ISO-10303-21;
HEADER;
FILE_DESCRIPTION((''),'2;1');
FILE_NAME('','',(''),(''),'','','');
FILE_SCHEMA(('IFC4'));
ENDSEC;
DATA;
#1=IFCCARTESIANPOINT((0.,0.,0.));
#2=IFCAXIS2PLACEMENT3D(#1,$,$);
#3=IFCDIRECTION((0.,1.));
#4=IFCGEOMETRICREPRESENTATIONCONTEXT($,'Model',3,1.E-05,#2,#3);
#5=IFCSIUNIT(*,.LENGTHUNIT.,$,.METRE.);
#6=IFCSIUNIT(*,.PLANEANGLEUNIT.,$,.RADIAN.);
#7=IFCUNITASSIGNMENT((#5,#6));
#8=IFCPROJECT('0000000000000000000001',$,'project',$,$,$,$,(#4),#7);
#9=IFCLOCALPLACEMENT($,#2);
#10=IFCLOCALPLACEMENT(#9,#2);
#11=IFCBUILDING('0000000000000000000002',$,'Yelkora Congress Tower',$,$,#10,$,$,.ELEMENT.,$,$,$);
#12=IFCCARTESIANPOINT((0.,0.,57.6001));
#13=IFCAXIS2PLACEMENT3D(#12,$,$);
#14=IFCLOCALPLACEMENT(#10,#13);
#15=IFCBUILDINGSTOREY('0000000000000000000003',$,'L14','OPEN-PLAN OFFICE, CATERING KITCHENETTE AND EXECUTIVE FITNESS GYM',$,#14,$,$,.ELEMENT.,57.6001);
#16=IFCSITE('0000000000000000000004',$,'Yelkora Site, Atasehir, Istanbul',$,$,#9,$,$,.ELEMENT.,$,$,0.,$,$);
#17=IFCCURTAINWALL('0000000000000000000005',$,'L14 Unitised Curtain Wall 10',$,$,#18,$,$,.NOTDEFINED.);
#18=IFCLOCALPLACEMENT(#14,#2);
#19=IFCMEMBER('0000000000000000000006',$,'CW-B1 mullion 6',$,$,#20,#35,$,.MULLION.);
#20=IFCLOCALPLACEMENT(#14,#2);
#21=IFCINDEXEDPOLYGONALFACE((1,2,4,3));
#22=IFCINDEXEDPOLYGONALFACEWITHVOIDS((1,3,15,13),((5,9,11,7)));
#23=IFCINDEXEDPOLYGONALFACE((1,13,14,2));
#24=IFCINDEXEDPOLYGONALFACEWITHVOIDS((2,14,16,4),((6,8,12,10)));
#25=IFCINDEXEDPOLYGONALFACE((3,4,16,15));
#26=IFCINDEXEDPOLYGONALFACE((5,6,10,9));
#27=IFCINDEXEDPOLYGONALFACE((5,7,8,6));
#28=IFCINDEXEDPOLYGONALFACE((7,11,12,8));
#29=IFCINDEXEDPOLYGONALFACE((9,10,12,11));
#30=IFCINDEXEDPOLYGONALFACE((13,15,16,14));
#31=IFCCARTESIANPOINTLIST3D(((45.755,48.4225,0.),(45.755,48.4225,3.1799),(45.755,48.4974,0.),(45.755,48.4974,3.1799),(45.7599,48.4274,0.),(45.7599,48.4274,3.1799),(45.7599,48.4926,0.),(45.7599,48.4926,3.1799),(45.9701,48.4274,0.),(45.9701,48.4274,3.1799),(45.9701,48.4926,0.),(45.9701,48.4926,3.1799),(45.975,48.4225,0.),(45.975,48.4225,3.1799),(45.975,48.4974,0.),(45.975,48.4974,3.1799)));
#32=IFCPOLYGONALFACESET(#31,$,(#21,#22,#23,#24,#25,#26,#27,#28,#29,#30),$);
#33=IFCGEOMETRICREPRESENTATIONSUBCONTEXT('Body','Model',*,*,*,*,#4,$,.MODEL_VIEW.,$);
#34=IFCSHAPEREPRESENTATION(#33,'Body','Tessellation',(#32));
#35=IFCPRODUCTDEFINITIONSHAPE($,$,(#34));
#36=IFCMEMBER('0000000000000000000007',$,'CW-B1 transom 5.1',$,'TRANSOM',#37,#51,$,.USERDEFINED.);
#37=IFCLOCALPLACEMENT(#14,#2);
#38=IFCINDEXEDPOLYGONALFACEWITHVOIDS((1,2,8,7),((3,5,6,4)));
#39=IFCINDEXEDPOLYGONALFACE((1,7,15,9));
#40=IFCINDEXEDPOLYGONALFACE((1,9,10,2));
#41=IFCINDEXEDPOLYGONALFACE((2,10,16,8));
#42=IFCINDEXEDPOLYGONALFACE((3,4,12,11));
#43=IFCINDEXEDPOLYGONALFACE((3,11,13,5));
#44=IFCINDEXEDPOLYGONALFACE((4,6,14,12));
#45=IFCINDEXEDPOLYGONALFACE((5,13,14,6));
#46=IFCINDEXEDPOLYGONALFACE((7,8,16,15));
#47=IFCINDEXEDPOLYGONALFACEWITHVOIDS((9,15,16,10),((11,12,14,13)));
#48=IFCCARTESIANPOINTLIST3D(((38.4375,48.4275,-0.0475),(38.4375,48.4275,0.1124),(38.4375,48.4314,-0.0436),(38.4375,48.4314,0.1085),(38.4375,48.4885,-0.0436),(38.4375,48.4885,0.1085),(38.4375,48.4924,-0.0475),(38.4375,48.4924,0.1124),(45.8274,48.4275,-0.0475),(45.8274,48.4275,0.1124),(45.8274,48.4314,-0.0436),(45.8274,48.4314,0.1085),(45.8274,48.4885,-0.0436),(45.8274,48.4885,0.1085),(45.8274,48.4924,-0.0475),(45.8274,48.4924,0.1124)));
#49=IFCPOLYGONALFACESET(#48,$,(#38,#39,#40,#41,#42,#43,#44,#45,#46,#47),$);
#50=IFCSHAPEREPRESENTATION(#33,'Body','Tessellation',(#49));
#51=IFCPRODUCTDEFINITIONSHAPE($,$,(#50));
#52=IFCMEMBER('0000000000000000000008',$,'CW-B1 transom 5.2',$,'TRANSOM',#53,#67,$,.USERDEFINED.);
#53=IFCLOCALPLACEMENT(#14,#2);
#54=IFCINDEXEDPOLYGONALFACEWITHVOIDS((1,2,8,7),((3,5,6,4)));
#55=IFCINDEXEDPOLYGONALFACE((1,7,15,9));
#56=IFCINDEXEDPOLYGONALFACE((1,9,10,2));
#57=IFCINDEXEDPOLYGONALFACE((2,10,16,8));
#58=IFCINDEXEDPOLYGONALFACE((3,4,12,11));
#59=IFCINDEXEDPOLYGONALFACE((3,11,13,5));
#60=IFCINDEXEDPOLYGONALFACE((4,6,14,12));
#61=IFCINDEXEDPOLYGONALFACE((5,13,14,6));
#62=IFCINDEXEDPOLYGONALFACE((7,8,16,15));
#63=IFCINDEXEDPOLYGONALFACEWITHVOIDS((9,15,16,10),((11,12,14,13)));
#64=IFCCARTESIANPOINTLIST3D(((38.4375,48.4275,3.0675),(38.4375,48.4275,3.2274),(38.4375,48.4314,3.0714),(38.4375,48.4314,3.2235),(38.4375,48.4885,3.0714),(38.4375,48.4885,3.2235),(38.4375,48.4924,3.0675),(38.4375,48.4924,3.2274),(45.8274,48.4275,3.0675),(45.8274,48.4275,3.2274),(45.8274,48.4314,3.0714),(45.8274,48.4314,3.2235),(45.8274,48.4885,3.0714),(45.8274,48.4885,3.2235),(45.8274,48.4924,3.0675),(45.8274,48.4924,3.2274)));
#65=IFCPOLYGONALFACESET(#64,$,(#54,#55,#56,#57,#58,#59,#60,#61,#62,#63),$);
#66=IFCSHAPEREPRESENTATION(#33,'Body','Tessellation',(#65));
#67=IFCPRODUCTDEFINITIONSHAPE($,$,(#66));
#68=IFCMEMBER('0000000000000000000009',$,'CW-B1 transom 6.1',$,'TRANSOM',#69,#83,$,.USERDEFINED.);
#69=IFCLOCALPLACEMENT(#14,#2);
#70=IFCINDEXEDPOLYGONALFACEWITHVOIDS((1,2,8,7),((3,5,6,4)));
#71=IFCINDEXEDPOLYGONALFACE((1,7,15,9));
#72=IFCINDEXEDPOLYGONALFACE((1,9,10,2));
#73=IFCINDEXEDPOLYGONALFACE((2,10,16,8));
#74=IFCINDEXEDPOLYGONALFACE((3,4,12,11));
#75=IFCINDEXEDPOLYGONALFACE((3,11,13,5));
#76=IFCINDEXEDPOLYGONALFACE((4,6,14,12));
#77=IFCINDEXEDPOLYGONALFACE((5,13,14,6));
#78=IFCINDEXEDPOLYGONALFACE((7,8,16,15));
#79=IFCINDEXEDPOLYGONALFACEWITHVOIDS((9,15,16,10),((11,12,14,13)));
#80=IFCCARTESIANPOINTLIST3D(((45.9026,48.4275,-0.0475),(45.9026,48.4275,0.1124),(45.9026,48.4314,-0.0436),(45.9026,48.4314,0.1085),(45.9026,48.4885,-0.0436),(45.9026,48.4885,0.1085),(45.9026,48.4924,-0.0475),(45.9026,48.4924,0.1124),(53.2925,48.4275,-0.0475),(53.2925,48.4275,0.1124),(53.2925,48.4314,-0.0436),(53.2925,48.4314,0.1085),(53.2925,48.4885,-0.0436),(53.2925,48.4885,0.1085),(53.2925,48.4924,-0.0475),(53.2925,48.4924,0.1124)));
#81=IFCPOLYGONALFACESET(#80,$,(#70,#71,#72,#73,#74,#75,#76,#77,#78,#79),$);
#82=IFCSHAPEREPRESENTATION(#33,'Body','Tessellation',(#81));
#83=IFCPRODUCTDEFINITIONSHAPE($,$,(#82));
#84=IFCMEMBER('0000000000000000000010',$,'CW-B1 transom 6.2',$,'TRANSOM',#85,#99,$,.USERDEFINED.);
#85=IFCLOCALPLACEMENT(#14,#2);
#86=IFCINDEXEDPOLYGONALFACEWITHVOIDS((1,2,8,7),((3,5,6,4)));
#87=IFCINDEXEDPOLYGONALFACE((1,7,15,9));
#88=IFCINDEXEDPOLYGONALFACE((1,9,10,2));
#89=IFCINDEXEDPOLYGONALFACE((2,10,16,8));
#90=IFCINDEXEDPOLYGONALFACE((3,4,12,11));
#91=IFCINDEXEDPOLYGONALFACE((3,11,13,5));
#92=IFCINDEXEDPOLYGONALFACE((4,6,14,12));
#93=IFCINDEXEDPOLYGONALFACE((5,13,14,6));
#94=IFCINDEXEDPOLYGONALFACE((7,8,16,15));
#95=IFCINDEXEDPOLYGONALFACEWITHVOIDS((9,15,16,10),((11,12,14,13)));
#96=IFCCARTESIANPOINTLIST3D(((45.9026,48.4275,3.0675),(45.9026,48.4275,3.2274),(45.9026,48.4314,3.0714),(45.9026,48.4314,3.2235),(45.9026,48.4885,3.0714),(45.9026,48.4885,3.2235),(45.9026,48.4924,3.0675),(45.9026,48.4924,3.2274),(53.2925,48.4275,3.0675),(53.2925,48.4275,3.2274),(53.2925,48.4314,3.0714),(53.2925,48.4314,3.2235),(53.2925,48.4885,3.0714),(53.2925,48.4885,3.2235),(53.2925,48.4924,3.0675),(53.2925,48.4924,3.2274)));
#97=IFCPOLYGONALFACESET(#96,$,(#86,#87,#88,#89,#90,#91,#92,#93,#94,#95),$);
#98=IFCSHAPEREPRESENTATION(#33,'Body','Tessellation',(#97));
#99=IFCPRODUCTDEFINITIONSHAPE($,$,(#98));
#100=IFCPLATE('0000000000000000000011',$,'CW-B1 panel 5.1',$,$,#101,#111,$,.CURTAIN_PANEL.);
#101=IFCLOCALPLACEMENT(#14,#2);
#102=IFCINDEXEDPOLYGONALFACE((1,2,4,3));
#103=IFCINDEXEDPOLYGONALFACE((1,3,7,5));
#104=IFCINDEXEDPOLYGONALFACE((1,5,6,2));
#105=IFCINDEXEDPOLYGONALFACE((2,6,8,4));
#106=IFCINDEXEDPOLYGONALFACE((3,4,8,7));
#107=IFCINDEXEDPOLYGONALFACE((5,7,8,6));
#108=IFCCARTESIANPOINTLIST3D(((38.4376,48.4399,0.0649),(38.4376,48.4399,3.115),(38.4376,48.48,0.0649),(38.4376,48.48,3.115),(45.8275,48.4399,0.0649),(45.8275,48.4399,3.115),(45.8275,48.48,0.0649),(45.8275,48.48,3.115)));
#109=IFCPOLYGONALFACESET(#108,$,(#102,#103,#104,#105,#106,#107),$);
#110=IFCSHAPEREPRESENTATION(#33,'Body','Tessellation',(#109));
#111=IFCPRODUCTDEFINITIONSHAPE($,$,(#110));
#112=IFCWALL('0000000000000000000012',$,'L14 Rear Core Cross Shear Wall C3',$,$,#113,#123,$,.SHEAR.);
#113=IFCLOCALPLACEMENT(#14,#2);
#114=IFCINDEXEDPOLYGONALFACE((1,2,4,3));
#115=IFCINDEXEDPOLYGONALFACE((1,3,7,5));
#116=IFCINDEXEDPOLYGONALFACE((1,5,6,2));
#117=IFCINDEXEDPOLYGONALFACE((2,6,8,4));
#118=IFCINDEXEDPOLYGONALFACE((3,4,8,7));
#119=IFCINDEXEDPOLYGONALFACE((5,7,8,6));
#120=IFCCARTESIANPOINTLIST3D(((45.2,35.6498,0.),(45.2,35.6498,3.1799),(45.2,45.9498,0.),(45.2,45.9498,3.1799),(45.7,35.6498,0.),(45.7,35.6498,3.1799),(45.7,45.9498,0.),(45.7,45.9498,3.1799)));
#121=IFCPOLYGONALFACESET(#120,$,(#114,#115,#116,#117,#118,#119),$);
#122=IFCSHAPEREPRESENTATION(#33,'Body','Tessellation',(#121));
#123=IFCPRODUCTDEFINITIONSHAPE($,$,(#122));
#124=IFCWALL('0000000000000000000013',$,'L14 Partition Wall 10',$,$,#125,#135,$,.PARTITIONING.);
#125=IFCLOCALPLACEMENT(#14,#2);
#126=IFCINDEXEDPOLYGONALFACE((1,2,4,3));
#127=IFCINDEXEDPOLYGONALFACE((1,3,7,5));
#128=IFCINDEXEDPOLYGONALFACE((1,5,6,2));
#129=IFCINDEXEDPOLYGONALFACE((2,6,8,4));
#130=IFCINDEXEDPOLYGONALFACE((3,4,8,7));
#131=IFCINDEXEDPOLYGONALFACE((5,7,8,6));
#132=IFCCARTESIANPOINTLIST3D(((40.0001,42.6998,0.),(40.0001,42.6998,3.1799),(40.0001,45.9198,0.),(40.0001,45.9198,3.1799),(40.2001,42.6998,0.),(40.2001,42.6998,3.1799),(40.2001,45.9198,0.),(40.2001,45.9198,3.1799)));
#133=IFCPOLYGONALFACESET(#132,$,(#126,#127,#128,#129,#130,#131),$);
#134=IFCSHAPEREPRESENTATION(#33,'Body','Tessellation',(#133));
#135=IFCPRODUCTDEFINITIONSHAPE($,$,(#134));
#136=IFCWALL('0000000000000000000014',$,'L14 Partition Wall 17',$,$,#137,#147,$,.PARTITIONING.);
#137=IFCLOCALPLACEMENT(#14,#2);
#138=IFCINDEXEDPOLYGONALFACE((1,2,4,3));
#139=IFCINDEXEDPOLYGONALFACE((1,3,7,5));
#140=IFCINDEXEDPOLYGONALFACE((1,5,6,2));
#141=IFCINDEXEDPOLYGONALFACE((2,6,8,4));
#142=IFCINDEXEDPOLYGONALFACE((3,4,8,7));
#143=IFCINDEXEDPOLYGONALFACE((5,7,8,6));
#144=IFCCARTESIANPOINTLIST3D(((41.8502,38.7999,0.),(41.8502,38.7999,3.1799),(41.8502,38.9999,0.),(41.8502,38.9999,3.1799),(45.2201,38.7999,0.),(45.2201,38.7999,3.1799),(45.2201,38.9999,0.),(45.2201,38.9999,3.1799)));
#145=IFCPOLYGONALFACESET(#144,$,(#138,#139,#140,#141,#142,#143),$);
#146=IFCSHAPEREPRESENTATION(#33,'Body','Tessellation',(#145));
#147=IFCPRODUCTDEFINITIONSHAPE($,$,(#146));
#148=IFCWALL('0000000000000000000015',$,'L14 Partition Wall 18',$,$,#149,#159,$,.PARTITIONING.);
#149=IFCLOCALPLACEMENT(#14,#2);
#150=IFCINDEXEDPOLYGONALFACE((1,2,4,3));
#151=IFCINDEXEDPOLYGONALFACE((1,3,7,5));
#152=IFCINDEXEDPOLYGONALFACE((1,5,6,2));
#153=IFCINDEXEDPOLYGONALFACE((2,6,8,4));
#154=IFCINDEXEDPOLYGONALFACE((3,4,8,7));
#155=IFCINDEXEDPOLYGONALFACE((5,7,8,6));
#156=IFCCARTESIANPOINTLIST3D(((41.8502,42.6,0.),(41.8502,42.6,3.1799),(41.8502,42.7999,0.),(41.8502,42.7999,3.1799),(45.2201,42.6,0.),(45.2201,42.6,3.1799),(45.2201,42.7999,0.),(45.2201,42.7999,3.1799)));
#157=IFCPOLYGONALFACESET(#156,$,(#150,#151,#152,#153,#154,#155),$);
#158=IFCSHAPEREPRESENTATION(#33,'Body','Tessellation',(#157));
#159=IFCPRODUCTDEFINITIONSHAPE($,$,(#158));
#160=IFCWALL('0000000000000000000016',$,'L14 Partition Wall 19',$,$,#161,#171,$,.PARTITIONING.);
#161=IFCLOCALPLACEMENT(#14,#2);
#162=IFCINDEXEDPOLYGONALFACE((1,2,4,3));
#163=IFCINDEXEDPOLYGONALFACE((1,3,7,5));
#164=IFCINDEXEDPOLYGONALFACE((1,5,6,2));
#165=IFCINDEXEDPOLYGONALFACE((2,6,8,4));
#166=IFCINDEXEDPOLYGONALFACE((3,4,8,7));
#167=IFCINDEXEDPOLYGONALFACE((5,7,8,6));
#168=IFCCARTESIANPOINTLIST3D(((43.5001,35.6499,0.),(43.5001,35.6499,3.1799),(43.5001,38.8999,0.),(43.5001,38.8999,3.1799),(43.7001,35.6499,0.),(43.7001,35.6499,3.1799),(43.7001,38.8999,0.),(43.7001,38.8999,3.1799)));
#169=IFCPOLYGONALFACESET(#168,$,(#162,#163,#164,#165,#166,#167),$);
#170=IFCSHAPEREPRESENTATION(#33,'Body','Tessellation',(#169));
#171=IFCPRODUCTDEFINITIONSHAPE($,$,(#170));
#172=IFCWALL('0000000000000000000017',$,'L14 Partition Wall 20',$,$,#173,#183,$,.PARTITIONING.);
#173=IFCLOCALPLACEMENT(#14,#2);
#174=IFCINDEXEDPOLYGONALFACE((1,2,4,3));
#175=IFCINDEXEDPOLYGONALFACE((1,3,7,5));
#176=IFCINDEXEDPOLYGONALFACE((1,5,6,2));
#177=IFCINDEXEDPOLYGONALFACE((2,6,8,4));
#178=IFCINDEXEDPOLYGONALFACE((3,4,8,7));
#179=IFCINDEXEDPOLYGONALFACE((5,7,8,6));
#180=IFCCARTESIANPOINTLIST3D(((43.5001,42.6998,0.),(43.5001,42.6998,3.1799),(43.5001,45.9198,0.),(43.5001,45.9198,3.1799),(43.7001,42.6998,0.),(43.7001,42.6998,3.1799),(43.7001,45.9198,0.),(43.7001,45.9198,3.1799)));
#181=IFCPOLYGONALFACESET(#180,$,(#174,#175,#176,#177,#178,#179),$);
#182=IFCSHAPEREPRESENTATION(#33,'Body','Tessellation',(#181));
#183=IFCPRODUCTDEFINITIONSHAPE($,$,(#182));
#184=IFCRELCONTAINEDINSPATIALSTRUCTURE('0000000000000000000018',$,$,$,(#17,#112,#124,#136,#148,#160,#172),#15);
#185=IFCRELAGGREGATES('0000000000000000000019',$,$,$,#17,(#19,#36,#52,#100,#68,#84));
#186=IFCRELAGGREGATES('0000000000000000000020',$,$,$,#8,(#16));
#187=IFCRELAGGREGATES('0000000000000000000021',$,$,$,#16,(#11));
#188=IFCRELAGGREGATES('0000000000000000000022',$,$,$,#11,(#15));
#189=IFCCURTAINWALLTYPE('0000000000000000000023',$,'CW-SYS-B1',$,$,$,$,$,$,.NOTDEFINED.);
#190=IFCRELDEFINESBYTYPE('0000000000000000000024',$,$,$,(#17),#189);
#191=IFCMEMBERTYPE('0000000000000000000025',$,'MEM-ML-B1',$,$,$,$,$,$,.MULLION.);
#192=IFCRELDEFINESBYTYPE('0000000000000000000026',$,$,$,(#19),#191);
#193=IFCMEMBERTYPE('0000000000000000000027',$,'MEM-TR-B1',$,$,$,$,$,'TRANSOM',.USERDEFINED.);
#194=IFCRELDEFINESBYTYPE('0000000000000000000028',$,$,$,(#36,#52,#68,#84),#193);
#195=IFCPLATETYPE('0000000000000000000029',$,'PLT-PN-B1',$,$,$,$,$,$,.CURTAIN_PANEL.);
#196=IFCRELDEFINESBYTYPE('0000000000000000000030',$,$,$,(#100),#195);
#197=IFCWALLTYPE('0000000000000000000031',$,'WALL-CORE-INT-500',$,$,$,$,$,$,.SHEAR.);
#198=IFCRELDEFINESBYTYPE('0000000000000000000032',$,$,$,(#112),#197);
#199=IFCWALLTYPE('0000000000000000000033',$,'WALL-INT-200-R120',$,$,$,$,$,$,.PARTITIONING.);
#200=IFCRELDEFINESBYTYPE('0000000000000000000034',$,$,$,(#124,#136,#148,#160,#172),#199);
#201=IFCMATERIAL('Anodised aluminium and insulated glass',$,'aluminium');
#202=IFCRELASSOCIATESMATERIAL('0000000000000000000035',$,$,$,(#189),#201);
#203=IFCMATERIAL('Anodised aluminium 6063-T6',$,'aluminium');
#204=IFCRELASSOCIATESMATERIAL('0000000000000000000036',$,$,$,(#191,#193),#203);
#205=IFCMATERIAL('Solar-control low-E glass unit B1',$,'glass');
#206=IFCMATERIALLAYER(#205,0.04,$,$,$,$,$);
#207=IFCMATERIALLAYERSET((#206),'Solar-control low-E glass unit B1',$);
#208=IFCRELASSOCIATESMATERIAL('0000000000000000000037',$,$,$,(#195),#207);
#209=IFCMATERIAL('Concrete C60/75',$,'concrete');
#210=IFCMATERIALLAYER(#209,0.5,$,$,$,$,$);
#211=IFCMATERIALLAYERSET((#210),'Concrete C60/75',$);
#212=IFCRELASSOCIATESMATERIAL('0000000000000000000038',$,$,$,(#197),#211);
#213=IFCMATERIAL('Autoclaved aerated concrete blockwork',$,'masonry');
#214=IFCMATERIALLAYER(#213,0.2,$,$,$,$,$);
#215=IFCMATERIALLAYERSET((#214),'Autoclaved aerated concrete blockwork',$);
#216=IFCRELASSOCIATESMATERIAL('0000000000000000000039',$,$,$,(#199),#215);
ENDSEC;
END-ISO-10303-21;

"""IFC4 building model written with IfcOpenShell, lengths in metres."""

from ifc_helpers import new_model, si_unit, direction, frame, frame_2d, origin, origin_2d, place, context, subcontext, project, spatial, rectangle, hollow_rectangle, extrude, material, layer, layer_set, material_profile, profile_set, type_object, element, aggregate, save


model = new_model("IFC4")

# Units and contexts
model_context = context("Model", 3, precision=1e-05, world=origin(), true_north=direction((0.0, 1.0)))
body_context = subcontext(model_context, "Body", "Model", "MODEL_VIEW")
ifc_project = project(units=[si_unit("LENGTHUNIT", "METRE"), si_unit("PLANEANGLEUNIT", "RADIAN")], contexts=[model_context])

# Site, building, storey
site_placement = place(None, origin())
site = spatial("IfcSite", under=ifc_project, at=site_placement, Name="Yelkora Site, Atasehir, Istanbul", CompositionType="ELEMENT", RefElevation=0.0)
building_placement = place(site_placement, origin())
building = spatial("IfcBuilding", under=site, at=building_placement, Name="Yelkora Congress Tower", CompositionType="ELEMENT")
storey_placement = place(building_placement, frame((0.0, 0.0, 57.6001)))
storey = spatial("IfcBuildingStorey", under=building, at=storey_placement, Name="L14", Description="OPEN-PLAN OFFICE, CATERING KITCHENETTE AND EXECUTIVE FITNESS GYM", CompositionType="ELEMENT", Elevation=57.6001)

# Shared definitions
ifc_material_1 = material(Name="Concrete C60/75", Category="concrete")

# Curtain wall, members, plate
ifc_material_2 = material(Name="Anodised aluminium and insulated glass", Category="aluminium")
curtain_wall_type = type_object("IfcCurtainWallType", Name="CW-SYS-B1", PredefinedType="NOTDEFINED", material=ifc_material_2)
curtain_wall_placement = place(storey_placement, origin())
curtain_wall = element("IfcCurtainWall", 1, at=curtain_wall_placement, inside=storey, type_object=curtain_wall_type, Name="L14 Unitised Curtain Wall 10", PredefinedType="NOTDEFINED")
ifc_material_3 = material(Name="Anodised aluminium 6063-T6", Category="aluminium")
ifc_material_profile_1 = material_profile(ifc_material_3, hollow_rectangle(XDim=0.075, YDim=0.22, WallThickness=0.0049, at=origin_2d()), Name="ALU 75x220x5")
ifc_profile_set_1 = profile_set([ifc_material_profile_1], Name="Anodised aluminium 6063-T6")
member_type_1 = type_object("IfcMemberType", Name="MEM-ML-B1", PredefinedType="MULLION", material=ifc_profile_set_1)
member_1_placement = place(storey_placement, frame((45.865, 48.46, 0.0), z_axis=(0.0, 0.0, 1.0), x_axis=(0.0, 1.0, 0.0)))
member_1 = element("IfcMember", 2, at=member_1_placement, type_object=member_type_1, Name="CW-B1 mullion 6", PredefinedType="MULLION", context=body_context, shape_type="SweptSolid", body=[
    extrude(hollow_rectangle(XDim=0.075, YDim=0.22, WallThickness=0.0049, at=origin_2d()), origin(), (0.0, 0.0, 1.0), 3.1799),
])
ifc_material_profile_2 = material_profile(ifc_material_3, hollow_rectangle(XDim=0.0649, YDim=0.1599, WallThickness=0.0039, at=origin_2d()), Name="ALU 65x160x4")
ifc_profile_set_2 = profile_set([ifc_material_profile_2], Name="Anodised aluminium 6063-T6")
member_type_2 = type_object("IfcMemberType", Name="MEM-TR-B1", ElementType="TRANSOM", PredefinedType="USERDEFINED", material=ifc_profile_set_2)
member_2_placement = place(storey_placement, frame((38.4375, 48.46, 0.0325), z_axis=(1.0, 0.0, 0.0), x_axis=(0.0, 1.0, 0.0)))
member_2 = element("IfcMember", 3, at=member_2_placement, type_object=member_type_2, Name="CW-B1 transom 5.1", ObjectType="TRANSOM", PredefinedType="USERDEFINED", context=body_context, shape_type="SweptSolid", body=[
    extrude(hollow_rectangle(XDim=0.0649, YDim=0.1599, WallThickness=0.0039, at=origin_2d()), origin(), (0.0, 0.0, 1.0), 7.3899),
])
member_3_placement = place(storey_placement, frame((38.4375, 48.46, 3.1475), z_axis=(1.0, 0.0, 0.0), x_axis=(0.0, 1.0, 0.0)))
member_3 = element("IfcMember", 4, at=member_3_placement, type_object=member_type_2, Name="CW-B1 transom 5.2", ObjectType="TRANSOM", PredefinedType="USERDEFINED", context=body_context, shape_type="SweptSolid", body=[
    extrude(hollow_rectangle(XDim=0.0649, YDim=0.1599, WallThickness=0.0039, at=origin_2d()), origin(), (0.0, 0.0, 1.0), 7.3899),
])
member_4_placement = place(storey_placement, frame((45.9026, 48.46, 0.0325), z_axis=(1.0, 0.0, 0.0), x_axis=(0.0, 1.0, 0.0)))
member_4 = element("IfcMember", 5, at=member_4_placement, type_object=member_type_2, Name="CW-B1 transom 6.1", ObjectType="TRANSOM", PredefinedType="USERDEFINED", context=body_context, shape_type="SweptSolid", body=[
    extrude(hollow_rectangle(XDim=0.0649, YDim=0.1599, WallThickness=0.0039, at=origin_2d()), origin(), (0.0, 0.0, 1.0), 7.3899),
])
member_5_placement = place(storey_placement, frame((45.9026, 48.46, 3.1475), z_axis=(1.0, 0.0, 0.0), x_axis=(0.0, 1.0, 0.0)))
member_5 = element("IfcMember", 6, at=member_5_placement, type_object=member_type_2, Name="CW-B1 transom 6.2", ObjectType="TRANSOM", PredefinedType="USERDEFINED", context=body_context, shape_type="SweptSolid", body=[
    extrude(hollow_rectangle(XDim=0.0649, YDim=0.1599, WallThickness=0.0039, at=origin_2d()), origin(), (0.0, 0.0, 1.0), 7.3899),
])
ifc_material_4 = material(Name="Solar-control low-E glass unit B1", Category="glass")
ifc_layer_1 = layer(ifc_material_4, 0.04)
ifc_layer_set_1 = layer_set([ifc_layer_1], Name="Solar-control low-E glass unit B1")
plate_type = type_object("IfcPlateType", Name="PLT-PN-B1", PredefinedType="CURTAIN_PANEL", material=ifc_layer_set_1)
plate_placement = place(storey_placement, frame((42.1326, 48.46, 0.0649), z_axis=(0.0, 0.0, 1.0), x_axis=(1.0, 0.0, 0.0)))
plate = element("IfcPlate", 7, at=plate_placement, type_object=plate_type, Name="CW-B1 panel 5.1", PredefinedType="CURTAIN_PANEL", context=body_context, shape_type="SweptSolid", body=[
    extrude(rectangle(XDim=7.3899, YDim=0.04, at=origin_2d()), origin(), (0.0, 0.0, 1.0), 3.05),
])
aggregate(curtain_wall, [member_1, member_2, member_3, plate, member_4, member_5])

# Wall
ifc_layer_2 = layer(ifc_material_1, 0.5)
ifc_layer_set_2 = layer_set([ifc_layer_2], Name="Concrete C60/75")
wall_type_1 = type_object("IfcWallType", Name="WALL-CORE-INT-500", PredefinedType="SHEAR", material=ifc_layer_set_2)
wall_1_placement = place(storey_placement, frame((45.45, 35.6499, 0.0), z_axis=(0.0, 0.0, 1.0), x_axis=(0.0, 1.0, 0.0)))
element("IfcWall", 8, at=wall_1_placement, inside=storey, type_object=wall_type_1, Name="L14 Rear Core Cross Shear Wall C3", PredefinedType="SHEAR", context=body_context, shape_type="SweptSolid", body=[
    extrude(rectangle(XDim=10.3, YDim=0.5, at=frame_2d((5.1499, 0.0))), origin(), (0.0, 0.0, 1.0), 3.1799),
])

# Walls
ifc_material_5 = material(Name="Autoclaved aerated concrete blockwork", Category="masonry")
ifc_layer_3 = layer(ifc_material_5, 0.2)
ifc_layer_set_3 = layer_set([ifc_layer_3], Name="Autoclaved aerated concrete blockwork")
wall_type_2 = type_object("IfcWallType", Name="WALL-INT-200-R120", PredefinedType="PARTITIONING", material=ifc_layer_set_3)
wall_2_placement = place(storey_placement, frame((40.1001, 42.7, 0.0), z_axis=(0.0, 0.0, 1.0), x_axis=(0.0, 1.0, 0.0)))
element("IfcWall", 9, at=wall_2_placement, inside=storey, type_object=wall_type_2, Name="L14 Partition Wall 10", PredefinedType="PARTITIONING", context=body_context, shape_type="SweptSolid", body=[
    extrude(rectangle(XDim=3.22, YDim=0.2, at=frame_2d((1.6099, 0.0))), origin(), (0.0, 0.0, 1.0), 3.1799),
])
for number, where, z_axis, x_axis, name in (
    (10, (41.8501, 38.8999, 0.0), (0.0, 0.0, 1.0), (1.0, 0.0, 0.0), "L14 Partition Wall 17"),
    (11, (41.8501, 42.7, 0.0), (0.0, 0.0, 1.0), (1.0, 0.0, 0.0), "L14 Partition Wall 18"),
):
    element("IfcWall", number, at=place(storey_placement, frame(where, z_axis=z_axis, x_axis=x_axis)), inside=storey, type_object=wall_type_2, Name=name, PredefinedType="PARTITIONING", context=body_context, shape_type="SweptSolid", body=[
        extrude(rectangle(XDim=3.3699, YDim=0.2, at=frame_2d((1.6851, 0.0))), origin(), (0.0, 0.0, 1.0), 3.1799),
    ])
wall_3_placement = place(storey_placement, frame((43.6001, 35.6499, 0.0), z_axis=(0.0, 0.0, 1.0), x_axis=(0.0, 1.0, 0.0)))
element("IfcWall", 12, at=wall_3_placement, inside=storey, type_object=wall_type_2, Name="L14 Partition Wall 19", PredefinedType="PARTITIONING", context=body_context, shape_type="SweptSolid", body=[
    extrude(rectangle(XDim=3.25, YDim=0.2, at=frame_2d((1.625, 0.0))), origin(), (0.0, 0.0, 1.0), 3.1799),
])
wall_4_placement = place(storey_placement, frame((43.6001, 42.7, 0.0), z_axis=(0.0, 0.0, 1.0), x_axis=(0.0, 1.0, 0.0)))
element("IfcWall", 13, at=wall_4_placement, inside=storey, type_object=wall_type_2, Name="L14 Partition Wall 20", PredefinedType="PARTITIONING", context=body_context, shape_type="SweptSolid", body=[
    extrude(rectangle(XDim=3.22, YDim=0.2, at=frame_2d((1.6099, 0.0))), origin(), (0.0, 0.0, 1.0), 3.1799),
])

save(model, "model.ifc")
